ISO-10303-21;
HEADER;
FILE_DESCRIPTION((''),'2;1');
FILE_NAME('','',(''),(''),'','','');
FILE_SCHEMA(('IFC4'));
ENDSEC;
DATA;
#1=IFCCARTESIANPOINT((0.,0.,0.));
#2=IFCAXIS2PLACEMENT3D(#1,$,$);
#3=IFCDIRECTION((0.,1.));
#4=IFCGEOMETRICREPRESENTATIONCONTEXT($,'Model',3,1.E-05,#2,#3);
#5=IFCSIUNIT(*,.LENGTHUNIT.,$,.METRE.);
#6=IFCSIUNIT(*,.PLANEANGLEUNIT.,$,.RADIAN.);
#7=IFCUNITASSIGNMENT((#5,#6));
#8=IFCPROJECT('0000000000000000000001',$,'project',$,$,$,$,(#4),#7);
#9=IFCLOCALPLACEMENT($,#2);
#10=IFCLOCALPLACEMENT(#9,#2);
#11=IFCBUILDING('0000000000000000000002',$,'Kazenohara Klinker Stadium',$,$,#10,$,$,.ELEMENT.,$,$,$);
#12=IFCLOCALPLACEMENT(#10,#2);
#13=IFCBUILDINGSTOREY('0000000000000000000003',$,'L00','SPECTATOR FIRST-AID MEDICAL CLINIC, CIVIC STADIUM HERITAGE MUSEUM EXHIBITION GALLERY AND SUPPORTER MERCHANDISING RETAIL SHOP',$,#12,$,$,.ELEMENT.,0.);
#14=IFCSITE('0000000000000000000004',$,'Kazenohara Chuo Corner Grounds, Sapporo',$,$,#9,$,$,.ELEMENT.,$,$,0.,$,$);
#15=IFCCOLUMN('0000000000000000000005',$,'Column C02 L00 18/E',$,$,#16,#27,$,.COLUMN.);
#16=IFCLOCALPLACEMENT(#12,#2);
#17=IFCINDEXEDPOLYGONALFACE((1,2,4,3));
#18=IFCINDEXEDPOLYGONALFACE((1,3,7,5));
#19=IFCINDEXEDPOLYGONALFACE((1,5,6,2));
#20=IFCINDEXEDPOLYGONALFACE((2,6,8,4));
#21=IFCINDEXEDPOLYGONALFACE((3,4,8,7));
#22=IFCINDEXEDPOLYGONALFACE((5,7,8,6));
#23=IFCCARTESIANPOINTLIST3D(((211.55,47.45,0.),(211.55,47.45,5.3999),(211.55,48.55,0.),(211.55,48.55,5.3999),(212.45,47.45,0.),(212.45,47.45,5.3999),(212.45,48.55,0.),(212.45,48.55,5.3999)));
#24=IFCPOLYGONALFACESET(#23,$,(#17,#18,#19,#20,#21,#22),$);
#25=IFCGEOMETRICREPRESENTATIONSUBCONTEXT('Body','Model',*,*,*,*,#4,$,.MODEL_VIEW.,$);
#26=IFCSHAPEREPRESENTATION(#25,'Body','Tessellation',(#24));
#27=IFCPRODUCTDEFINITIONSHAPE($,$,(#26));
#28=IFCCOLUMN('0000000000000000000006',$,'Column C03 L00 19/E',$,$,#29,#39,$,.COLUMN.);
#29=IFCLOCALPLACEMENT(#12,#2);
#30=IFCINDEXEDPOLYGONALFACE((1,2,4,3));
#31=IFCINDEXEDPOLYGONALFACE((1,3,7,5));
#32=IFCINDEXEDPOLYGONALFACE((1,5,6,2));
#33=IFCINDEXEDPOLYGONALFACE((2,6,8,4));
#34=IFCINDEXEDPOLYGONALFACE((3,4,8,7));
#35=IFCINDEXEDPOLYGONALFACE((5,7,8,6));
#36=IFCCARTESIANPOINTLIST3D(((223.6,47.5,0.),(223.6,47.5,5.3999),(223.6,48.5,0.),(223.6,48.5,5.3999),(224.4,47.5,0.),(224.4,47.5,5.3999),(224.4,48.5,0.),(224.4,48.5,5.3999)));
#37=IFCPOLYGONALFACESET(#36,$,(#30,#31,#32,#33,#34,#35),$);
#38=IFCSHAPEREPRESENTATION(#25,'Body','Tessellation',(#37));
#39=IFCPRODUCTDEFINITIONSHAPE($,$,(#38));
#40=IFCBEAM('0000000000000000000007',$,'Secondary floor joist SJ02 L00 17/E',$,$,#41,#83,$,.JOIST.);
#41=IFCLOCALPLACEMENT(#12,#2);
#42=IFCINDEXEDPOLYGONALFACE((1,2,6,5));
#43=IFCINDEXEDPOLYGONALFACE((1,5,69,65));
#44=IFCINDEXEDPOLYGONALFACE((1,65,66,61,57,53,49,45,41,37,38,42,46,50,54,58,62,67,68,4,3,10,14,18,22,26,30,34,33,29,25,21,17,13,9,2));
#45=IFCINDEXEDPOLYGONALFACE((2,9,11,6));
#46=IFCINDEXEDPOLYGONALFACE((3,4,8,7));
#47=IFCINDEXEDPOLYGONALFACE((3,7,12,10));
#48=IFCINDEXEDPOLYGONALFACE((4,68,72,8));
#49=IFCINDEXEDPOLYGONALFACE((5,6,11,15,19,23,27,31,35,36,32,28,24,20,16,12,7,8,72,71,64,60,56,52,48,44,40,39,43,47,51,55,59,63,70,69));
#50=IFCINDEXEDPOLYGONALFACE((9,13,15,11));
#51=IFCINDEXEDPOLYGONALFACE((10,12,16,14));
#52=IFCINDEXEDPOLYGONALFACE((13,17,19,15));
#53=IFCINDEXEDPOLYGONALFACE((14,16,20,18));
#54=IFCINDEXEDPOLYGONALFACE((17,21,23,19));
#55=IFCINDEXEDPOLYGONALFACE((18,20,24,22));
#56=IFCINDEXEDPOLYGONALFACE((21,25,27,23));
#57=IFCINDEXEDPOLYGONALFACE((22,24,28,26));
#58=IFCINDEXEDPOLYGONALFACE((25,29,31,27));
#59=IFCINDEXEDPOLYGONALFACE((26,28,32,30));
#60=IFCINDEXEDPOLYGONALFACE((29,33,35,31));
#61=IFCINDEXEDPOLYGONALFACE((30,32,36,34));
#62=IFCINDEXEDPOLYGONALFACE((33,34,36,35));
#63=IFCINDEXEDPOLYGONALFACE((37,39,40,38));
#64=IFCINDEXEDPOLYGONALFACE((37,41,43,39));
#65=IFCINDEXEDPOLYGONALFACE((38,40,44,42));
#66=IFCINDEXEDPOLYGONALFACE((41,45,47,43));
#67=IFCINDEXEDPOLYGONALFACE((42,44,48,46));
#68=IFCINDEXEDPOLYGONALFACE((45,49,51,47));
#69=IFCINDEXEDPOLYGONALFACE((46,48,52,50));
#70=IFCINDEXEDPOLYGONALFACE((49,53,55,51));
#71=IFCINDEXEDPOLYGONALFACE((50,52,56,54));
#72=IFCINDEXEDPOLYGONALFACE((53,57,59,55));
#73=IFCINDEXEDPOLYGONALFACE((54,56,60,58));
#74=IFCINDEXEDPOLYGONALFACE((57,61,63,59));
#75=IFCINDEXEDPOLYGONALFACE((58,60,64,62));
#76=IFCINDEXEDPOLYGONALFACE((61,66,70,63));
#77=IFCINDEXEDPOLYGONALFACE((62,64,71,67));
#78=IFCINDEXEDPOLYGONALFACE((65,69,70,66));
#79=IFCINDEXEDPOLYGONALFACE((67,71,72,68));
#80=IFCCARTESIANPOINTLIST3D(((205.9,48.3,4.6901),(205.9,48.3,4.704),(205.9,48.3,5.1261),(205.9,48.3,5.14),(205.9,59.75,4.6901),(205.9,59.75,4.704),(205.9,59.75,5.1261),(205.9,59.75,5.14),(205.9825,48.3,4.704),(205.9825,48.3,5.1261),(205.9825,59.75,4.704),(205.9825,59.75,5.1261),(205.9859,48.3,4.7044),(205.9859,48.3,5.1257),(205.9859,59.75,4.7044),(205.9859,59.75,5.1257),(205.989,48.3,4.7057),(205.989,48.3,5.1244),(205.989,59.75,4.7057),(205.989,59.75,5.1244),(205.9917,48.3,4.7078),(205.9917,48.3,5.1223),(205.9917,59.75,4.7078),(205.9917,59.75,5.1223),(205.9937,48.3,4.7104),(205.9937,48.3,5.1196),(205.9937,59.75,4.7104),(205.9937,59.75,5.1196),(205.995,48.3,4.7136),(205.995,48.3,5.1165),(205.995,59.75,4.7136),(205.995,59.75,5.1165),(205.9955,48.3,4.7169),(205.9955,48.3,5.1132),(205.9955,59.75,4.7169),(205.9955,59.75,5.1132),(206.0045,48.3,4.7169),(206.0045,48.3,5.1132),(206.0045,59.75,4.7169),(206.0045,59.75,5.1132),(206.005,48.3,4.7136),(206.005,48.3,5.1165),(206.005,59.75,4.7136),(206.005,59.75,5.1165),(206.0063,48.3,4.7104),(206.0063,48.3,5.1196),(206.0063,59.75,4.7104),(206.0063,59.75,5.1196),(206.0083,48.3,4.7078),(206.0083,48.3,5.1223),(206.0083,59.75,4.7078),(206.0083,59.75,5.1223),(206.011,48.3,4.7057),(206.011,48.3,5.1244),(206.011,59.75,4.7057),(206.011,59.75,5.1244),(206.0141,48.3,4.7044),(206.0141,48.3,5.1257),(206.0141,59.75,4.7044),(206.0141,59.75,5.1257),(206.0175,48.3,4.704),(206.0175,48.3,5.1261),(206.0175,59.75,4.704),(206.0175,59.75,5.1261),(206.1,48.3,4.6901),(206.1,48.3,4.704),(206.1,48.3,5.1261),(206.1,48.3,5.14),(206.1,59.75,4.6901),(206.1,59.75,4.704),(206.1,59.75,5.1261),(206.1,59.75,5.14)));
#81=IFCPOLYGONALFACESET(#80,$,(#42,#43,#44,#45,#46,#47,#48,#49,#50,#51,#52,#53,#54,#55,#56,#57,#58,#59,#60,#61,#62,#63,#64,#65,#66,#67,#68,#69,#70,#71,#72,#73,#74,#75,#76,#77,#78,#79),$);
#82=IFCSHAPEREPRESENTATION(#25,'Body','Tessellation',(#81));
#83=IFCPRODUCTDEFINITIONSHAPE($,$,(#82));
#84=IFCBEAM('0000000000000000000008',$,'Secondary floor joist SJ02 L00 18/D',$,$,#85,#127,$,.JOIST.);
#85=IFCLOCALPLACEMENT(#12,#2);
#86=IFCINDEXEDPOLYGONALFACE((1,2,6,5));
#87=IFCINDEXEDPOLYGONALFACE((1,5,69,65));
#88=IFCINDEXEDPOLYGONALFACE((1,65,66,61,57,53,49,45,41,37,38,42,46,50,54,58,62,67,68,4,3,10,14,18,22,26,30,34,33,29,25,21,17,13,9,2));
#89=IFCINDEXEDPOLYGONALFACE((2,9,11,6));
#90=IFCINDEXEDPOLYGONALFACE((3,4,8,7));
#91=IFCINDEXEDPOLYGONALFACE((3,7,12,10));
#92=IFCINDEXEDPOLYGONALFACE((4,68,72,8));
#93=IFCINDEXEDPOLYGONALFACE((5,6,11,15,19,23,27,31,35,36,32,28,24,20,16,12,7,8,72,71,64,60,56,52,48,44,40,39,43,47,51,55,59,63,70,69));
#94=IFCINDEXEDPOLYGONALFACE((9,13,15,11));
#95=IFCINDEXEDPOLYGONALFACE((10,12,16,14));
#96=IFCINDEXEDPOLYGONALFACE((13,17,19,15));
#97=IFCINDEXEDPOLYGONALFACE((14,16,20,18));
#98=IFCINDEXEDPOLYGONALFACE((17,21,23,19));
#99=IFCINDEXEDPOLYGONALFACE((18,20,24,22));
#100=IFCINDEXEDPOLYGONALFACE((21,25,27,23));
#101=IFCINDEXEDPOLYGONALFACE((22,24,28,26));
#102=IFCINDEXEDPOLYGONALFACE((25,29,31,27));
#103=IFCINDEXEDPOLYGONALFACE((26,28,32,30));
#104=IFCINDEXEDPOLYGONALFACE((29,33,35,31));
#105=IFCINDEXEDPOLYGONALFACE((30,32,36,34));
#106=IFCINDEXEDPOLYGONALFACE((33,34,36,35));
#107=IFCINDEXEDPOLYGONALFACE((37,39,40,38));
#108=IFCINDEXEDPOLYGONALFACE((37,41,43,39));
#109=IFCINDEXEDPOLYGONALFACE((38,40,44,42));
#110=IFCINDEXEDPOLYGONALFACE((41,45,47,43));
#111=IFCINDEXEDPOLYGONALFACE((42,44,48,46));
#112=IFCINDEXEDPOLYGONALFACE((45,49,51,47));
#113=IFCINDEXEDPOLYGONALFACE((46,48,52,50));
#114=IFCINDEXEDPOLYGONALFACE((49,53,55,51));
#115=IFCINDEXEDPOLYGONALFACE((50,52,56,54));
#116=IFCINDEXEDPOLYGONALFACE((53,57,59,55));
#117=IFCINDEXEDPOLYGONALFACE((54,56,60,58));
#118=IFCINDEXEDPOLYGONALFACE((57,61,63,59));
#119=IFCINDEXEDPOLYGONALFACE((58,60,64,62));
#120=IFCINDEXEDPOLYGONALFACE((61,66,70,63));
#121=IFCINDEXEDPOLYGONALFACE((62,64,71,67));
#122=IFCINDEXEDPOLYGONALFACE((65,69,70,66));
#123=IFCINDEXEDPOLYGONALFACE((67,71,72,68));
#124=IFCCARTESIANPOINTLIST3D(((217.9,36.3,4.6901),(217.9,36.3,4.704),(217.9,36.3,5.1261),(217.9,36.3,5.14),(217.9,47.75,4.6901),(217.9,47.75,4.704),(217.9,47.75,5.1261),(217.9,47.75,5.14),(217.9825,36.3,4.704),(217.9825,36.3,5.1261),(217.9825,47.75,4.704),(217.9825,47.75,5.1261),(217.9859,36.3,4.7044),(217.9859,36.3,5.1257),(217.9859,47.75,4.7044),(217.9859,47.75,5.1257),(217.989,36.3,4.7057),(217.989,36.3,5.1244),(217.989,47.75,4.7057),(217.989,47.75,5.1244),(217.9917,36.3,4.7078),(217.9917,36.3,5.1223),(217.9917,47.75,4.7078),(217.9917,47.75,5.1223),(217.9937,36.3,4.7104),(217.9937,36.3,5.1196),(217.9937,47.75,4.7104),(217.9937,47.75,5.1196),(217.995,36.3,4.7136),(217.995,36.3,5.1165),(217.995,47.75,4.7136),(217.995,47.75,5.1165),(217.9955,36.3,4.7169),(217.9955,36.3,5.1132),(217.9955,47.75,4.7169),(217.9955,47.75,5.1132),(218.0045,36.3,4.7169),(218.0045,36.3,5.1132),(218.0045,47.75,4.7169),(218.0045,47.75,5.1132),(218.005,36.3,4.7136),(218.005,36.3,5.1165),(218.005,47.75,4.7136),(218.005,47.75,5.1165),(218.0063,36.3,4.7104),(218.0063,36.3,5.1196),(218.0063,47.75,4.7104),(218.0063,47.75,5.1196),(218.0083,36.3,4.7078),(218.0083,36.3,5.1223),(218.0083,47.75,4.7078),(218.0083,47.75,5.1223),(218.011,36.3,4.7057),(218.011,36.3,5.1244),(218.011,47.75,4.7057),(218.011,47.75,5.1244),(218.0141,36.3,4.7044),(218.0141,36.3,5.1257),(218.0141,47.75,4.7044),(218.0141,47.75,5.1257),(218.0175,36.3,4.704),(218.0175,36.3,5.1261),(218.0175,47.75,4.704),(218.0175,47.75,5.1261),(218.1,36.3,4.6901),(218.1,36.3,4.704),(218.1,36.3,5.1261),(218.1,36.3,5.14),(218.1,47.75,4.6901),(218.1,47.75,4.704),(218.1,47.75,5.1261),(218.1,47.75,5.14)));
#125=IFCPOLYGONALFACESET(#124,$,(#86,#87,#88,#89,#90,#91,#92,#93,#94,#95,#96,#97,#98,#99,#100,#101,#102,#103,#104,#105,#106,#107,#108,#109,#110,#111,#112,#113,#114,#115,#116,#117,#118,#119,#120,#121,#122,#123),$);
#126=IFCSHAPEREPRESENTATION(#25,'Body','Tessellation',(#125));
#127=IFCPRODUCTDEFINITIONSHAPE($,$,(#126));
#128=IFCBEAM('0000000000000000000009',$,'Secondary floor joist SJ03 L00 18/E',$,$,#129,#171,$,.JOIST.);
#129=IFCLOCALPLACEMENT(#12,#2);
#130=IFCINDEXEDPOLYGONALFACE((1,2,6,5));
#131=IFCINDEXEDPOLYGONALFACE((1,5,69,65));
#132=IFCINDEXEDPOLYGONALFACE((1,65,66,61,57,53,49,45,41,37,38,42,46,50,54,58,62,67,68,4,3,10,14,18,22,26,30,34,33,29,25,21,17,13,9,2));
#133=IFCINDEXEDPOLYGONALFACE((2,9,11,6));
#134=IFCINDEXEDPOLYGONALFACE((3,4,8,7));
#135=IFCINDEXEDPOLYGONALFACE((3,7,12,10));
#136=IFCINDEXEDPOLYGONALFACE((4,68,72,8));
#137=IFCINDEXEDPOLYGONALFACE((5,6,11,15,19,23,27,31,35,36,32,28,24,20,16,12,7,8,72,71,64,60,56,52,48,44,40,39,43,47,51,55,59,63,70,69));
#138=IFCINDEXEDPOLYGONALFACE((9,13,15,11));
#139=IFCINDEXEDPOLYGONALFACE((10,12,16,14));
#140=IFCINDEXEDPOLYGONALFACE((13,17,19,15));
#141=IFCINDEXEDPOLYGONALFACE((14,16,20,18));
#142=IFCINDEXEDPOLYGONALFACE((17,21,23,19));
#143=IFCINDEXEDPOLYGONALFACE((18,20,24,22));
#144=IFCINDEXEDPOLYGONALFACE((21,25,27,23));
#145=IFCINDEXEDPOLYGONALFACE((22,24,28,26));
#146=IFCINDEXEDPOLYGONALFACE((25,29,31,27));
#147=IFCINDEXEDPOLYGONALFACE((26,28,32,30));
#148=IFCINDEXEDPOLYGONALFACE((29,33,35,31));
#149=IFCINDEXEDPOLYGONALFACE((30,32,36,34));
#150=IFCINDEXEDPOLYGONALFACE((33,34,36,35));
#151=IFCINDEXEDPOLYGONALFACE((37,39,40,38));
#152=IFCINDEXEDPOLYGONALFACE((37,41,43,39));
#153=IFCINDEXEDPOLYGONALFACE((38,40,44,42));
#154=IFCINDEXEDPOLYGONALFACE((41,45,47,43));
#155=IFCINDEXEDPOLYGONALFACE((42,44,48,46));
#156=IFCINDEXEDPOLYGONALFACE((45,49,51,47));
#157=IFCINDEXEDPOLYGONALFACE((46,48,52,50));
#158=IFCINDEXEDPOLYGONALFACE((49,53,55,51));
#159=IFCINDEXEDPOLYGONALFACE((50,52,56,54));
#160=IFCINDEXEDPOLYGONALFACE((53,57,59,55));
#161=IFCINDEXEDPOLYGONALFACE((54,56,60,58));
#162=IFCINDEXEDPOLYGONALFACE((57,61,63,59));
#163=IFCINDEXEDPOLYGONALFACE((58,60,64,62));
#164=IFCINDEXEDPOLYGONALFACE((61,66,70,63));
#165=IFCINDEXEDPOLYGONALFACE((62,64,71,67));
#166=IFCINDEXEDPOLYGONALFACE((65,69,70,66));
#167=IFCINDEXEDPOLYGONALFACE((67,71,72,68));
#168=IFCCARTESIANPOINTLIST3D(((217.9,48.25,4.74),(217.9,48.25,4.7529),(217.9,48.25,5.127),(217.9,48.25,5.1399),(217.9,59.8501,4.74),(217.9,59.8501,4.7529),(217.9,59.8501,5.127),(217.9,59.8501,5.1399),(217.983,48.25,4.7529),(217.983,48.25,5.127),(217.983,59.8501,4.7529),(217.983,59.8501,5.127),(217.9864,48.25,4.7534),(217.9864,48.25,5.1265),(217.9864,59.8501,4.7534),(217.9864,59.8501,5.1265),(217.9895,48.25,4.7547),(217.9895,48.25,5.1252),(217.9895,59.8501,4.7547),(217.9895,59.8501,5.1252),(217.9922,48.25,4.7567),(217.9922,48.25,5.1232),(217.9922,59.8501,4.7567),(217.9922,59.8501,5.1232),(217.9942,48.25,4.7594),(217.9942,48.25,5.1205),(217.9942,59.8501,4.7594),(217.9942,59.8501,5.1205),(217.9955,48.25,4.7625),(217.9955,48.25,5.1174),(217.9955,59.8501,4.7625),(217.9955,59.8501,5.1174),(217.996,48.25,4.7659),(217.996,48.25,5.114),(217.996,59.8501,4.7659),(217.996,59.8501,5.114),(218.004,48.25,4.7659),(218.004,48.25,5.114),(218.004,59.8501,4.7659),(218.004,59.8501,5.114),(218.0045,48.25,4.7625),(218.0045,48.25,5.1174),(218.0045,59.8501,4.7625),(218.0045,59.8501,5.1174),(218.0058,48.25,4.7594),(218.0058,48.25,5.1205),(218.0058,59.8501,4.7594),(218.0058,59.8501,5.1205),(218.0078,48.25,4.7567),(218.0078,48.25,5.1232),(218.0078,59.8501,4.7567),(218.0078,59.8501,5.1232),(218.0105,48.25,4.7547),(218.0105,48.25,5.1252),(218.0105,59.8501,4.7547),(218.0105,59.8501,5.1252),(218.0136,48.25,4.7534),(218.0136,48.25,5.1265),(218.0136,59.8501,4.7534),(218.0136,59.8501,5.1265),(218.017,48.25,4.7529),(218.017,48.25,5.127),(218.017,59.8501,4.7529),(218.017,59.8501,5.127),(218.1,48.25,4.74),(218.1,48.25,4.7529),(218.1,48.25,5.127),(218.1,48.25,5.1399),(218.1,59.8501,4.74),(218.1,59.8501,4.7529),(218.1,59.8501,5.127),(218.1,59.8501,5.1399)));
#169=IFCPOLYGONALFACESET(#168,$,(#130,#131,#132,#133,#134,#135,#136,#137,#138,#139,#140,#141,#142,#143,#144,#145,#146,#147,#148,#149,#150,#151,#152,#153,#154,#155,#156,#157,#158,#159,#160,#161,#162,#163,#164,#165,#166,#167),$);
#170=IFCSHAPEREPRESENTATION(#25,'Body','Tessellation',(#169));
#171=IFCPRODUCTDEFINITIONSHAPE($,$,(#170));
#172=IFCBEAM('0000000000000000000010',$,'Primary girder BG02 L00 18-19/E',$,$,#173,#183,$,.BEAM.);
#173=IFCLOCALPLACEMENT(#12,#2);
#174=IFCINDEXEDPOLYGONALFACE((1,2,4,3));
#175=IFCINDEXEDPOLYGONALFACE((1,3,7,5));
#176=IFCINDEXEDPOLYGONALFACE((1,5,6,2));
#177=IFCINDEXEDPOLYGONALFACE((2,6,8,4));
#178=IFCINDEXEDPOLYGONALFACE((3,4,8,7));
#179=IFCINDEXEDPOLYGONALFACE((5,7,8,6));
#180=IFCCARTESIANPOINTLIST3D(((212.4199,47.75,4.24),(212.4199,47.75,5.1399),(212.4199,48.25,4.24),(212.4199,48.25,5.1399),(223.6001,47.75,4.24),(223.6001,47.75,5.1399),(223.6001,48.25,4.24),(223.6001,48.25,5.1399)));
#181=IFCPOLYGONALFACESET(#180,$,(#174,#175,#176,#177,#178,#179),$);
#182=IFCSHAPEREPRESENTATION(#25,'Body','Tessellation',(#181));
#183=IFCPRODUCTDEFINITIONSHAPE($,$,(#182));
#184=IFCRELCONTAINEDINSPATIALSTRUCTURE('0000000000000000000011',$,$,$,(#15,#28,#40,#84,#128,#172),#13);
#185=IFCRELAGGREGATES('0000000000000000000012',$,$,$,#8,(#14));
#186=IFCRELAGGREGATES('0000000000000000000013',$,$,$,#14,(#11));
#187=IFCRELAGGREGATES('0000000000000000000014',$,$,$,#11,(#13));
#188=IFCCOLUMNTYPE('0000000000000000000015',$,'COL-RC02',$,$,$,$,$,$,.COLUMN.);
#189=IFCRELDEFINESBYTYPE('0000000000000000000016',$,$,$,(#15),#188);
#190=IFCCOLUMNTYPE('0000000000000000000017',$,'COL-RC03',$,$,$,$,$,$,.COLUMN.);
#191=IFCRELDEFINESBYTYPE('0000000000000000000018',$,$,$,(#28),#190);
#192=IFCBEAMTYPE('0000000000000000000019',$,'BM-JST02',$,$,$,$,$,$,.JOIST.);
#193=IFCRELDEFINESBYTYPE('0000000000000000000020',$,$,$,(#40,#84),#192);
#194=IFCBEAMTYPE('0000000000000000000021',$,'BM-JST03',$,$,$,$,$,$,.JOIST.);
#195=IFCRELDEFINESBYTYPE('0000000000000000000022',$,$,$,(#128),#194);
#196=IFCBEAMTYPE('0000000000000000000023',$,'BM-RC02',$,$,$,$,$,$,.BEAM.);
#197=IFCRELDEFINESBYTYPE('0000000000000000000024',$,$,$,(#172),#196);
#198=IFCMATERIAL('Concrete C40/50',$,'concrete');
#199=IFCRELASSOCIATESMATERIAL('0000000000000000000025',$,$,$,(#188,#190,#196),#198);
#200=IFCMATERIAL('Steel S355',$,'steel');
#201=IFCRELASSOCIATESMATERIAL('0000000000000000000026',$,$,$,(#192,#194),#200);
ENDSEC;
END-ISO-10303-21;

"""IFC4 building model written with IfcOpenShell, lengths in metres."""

from ifc_helpers import new_model, si_unit, direction, frame, origin, origin_2d, place, context, subcontext, project, spatial, rectangle, i_section, extrude, material, material_profile, profile_set, type_object, element, save


model = new_model("IFC4")

# Units and contexts
model_context = context("Model", 3, precision=1e-05, world=origin(), true_north=direction((0.0, 1.0)))
body_context = subcontext(model_context, "Body", "Model", "MODEL_VIEW")
ifc_project = project(units=[si_unit("LENGTHUNIT", "METRE"), si_unit("PLANEANGLEUNIT", "RADIAN")], contexts=[model_context])

# Site, building, storey
site_placement = place(None, origin())
site = spatial("IfcSite", under=ifc_project, at=site_placement, Name="Kazenohara Chuo Corner Grounds, Sapporo", CompositionType="ELEMENT", RefElevation=0.0)
building_placement = place(site_placement, origin())
building = spatial("IfcBuilding", under=site, at=building_placement, Name="Kazenohara Klinker Stadium", CompositionType="ELEMENT")
storey_placement = place(building_placement, origin())
storey = spatial("IfcBuildingStorey", under=building, at=storey_placement, Name="L00", Description="SPECTATOR FIRST-AID MEDICAL CLINIC, CIVIC STADIUM HERITAGE MUSEUM EXHIBITION GALLERY AND SUPPORTER MERCHANDISING RETAIL SHOP", CompositionType="ELEMENT", Elevation=0.0)

# Columns
ifc_material_1 = material(Name="Concrete C40/50", Category="concrete")
ifc_material_profile_1 = material_profile(ifc_material_1, rectangle(XDim=0.8999, YDim=1.1001, at=origin_2d()), Name="RC-COL-1100x900")
ifc_profile_set_1 = profile_set([ifc_material_profile_1], Name="Concrete C40/50")
column_type_1 = type_object("IfcColumnType", Name="COL-RC02", PredefinedType="COLUMN", material=ifc_profile_set_1)
column_1_placement = place(storey_placement, frame((212.0, 48.0, 0.0), z_axis=(0.0, 0.0, 1.0), x_axis=(1.0, 0.0, 0.0)))
element("IfcColumn", 1, at=column_1_placement, inside=storey, type_object=column_type_1, Name="Column C02 L00 18/E", PredefinedType="COLUMN", context=body_context, shape_type="SweptSolid", body=[
    extrude(rectangle(XDim=0.8999, YDim=1.1001, at=origin_2d()), origin(), (0.0, 0.0, 1.0), 5.3999),
])
ifc_material_profile_2 = material_profile(ifc_material_1, rectangle(XDim=0.8, YDim=1.0, at=origin_2d()), Name="RC-COL-1000x800")
ifc_profile_set_2 = profile_set([ifc_material_profile_2], Name="Concrete C40/50")
column_type_2 = type_object("IfcColumnType", Name="COL-RC03", PredefinedType="COLUMN", material=ifc_profile_set_2)
column_2_placement = place(storey_placement, frame((224.0, 48.0, 0.0), z_axis=(0.0, 0.0, 1.0), x_axis=(1.0, 0.0, 0.0)))
element("IfcColumn", 2, at=column_2_placement, inside=storey, type_object=column_type_2, Name="Column C03 L00 19/E", PredefinedType="COLUMN", context=body_context, shape_type="SweptSolid", body=[
    extrude(rectangle(XDim=0.8, YDim=1.0, at=origin_2d()), origin(), (0.0, 0.0, 1.0), 5.3999),
])

# Beams
ifc_material_2 = material(Name="Steel S355", Category="steel")
ifc_material_profile_3 = material_profile(ifc_material_2, i_section(OverallWidth=0.2, OverallDepth=0.45, WebThickness=0.009, FlangeThickness=0.0139, FilletRadius=0.0129, at=origin_2d()), Name="H-450x200x9x14")
ifc_profile_set_3 = profile_set([ifc_material_profile_3], Name="Steel S355")
beam_type_1 = type_object("IfcBeamType", Name="BM-JST02", PredefinedType="JOIST", material=ifc_profile_set_3)
for number, where, z_axis, x_axis, name in (
    (3, (206.0, 48.3, 4.915), (0.0, 1.0, 0.0), (-1.0, 0.0, 0.0), "Secondary floor joist SJ02 L00 17/E"),
    (4, (218.0, 36.3, 4.915), (0.0, 1.0, 0.0), (-1.0, 0.0, 0.0), "Secondary floor joist SJ02 L00 18/D"),
):
    element("IfcBeam", number, at=place(storey_placement, frame(where, z_axis=z_axis, x_axis=x_axis)), inside=storey, type_object=beam_type_1, Name=name, PredefinedType="JOIST", context=body_context, shape_type="SweptSolid", body=[
        extrude(i_section(OverallWidth=0.2, OverallDepth=0.45, WebThickness=0.009, FlangeThickness=0.0139, FilletRadius=0.0129, at=origin_2d()), origin(), (0.0, 0.0, 1.0), 11.45),
    ])
ifc_material_profile_4 = material_profile(ifc_material_2, i_section(OverallWidth=0.2, OverallDepth=0.3999, WebThickness=0.0081, FlangeThickness=0.0129, FilletRadius=0.0129, at=origin_2d()), Name="H-400x200x8x13")
ifc_profile_set_4 = profile_set([ifc_material_profile_4], Name="Steel S355")
beam_type_2 = type_object("IfcBeamType", Name="BM-JST03", PredefinedType="JOIST", material=ifc_profile_set_4)
beam_1_placement = place(storey_placement, frame((218.0, 48.25, 4.9399), z_axis=(0.0, 1.0, 0.0), x_axis=(-1.0, 0.0, 0.0)))
element("IfcBeam", 5, at=beam_1_placement, inside=storey, type_object=beam_type_2, Name="Secondary floor joist SJ03 L00 18/E", PredefinedType="JOIST", context=body_context, shape_type="SweptSolid", body=[
    extrude(i_section(OverallWidth=0.2, OverallDepth=0.3999, WebThickness=0.0081, FlangeThickness=0.0129, FilletRadius=0.0129, at=origin_2d()), origin(), (0.0, 0.0, 1.0), 11.6001),
])
ifc_material_profile_5 = material_profile(ifc_material_1, rectangle(XDim=0.5, YDim=0.8999, at=origin_2d()), Name="RC-BM-500x900")
ifc_profile_set_5 = profile_set([ifc_material_profile_5], Name="Concrete C40/50")
beam_type_3 = type_object("IfcBeamType", Name="BM-RC02", PredefinedType="BEAM", material=ifc_profile_set_5)
beam_2_placement = place(storey_placement, frame((212.4199, 48.0, 4.6899), z_axis=(1.0, 0.0, 0.0), x_axis=(0.0, 1.0, 0.0)))
element("IfcBeam", 6, at=beam_2_placement, inside=storey, type_object=beam_type_3, Name="Primary girder BG02 L00 18-19/E", PredefinedType="BEAM", context=body_context, shape_type="SweptSolid", body=[
    extrude(rectangle(XDim=0.5, YDim=0.8999, at=origin_2d()), origin(), (0.0, 0.0, 1.0), 11.1802),
])

save(model, "model.ifc")
